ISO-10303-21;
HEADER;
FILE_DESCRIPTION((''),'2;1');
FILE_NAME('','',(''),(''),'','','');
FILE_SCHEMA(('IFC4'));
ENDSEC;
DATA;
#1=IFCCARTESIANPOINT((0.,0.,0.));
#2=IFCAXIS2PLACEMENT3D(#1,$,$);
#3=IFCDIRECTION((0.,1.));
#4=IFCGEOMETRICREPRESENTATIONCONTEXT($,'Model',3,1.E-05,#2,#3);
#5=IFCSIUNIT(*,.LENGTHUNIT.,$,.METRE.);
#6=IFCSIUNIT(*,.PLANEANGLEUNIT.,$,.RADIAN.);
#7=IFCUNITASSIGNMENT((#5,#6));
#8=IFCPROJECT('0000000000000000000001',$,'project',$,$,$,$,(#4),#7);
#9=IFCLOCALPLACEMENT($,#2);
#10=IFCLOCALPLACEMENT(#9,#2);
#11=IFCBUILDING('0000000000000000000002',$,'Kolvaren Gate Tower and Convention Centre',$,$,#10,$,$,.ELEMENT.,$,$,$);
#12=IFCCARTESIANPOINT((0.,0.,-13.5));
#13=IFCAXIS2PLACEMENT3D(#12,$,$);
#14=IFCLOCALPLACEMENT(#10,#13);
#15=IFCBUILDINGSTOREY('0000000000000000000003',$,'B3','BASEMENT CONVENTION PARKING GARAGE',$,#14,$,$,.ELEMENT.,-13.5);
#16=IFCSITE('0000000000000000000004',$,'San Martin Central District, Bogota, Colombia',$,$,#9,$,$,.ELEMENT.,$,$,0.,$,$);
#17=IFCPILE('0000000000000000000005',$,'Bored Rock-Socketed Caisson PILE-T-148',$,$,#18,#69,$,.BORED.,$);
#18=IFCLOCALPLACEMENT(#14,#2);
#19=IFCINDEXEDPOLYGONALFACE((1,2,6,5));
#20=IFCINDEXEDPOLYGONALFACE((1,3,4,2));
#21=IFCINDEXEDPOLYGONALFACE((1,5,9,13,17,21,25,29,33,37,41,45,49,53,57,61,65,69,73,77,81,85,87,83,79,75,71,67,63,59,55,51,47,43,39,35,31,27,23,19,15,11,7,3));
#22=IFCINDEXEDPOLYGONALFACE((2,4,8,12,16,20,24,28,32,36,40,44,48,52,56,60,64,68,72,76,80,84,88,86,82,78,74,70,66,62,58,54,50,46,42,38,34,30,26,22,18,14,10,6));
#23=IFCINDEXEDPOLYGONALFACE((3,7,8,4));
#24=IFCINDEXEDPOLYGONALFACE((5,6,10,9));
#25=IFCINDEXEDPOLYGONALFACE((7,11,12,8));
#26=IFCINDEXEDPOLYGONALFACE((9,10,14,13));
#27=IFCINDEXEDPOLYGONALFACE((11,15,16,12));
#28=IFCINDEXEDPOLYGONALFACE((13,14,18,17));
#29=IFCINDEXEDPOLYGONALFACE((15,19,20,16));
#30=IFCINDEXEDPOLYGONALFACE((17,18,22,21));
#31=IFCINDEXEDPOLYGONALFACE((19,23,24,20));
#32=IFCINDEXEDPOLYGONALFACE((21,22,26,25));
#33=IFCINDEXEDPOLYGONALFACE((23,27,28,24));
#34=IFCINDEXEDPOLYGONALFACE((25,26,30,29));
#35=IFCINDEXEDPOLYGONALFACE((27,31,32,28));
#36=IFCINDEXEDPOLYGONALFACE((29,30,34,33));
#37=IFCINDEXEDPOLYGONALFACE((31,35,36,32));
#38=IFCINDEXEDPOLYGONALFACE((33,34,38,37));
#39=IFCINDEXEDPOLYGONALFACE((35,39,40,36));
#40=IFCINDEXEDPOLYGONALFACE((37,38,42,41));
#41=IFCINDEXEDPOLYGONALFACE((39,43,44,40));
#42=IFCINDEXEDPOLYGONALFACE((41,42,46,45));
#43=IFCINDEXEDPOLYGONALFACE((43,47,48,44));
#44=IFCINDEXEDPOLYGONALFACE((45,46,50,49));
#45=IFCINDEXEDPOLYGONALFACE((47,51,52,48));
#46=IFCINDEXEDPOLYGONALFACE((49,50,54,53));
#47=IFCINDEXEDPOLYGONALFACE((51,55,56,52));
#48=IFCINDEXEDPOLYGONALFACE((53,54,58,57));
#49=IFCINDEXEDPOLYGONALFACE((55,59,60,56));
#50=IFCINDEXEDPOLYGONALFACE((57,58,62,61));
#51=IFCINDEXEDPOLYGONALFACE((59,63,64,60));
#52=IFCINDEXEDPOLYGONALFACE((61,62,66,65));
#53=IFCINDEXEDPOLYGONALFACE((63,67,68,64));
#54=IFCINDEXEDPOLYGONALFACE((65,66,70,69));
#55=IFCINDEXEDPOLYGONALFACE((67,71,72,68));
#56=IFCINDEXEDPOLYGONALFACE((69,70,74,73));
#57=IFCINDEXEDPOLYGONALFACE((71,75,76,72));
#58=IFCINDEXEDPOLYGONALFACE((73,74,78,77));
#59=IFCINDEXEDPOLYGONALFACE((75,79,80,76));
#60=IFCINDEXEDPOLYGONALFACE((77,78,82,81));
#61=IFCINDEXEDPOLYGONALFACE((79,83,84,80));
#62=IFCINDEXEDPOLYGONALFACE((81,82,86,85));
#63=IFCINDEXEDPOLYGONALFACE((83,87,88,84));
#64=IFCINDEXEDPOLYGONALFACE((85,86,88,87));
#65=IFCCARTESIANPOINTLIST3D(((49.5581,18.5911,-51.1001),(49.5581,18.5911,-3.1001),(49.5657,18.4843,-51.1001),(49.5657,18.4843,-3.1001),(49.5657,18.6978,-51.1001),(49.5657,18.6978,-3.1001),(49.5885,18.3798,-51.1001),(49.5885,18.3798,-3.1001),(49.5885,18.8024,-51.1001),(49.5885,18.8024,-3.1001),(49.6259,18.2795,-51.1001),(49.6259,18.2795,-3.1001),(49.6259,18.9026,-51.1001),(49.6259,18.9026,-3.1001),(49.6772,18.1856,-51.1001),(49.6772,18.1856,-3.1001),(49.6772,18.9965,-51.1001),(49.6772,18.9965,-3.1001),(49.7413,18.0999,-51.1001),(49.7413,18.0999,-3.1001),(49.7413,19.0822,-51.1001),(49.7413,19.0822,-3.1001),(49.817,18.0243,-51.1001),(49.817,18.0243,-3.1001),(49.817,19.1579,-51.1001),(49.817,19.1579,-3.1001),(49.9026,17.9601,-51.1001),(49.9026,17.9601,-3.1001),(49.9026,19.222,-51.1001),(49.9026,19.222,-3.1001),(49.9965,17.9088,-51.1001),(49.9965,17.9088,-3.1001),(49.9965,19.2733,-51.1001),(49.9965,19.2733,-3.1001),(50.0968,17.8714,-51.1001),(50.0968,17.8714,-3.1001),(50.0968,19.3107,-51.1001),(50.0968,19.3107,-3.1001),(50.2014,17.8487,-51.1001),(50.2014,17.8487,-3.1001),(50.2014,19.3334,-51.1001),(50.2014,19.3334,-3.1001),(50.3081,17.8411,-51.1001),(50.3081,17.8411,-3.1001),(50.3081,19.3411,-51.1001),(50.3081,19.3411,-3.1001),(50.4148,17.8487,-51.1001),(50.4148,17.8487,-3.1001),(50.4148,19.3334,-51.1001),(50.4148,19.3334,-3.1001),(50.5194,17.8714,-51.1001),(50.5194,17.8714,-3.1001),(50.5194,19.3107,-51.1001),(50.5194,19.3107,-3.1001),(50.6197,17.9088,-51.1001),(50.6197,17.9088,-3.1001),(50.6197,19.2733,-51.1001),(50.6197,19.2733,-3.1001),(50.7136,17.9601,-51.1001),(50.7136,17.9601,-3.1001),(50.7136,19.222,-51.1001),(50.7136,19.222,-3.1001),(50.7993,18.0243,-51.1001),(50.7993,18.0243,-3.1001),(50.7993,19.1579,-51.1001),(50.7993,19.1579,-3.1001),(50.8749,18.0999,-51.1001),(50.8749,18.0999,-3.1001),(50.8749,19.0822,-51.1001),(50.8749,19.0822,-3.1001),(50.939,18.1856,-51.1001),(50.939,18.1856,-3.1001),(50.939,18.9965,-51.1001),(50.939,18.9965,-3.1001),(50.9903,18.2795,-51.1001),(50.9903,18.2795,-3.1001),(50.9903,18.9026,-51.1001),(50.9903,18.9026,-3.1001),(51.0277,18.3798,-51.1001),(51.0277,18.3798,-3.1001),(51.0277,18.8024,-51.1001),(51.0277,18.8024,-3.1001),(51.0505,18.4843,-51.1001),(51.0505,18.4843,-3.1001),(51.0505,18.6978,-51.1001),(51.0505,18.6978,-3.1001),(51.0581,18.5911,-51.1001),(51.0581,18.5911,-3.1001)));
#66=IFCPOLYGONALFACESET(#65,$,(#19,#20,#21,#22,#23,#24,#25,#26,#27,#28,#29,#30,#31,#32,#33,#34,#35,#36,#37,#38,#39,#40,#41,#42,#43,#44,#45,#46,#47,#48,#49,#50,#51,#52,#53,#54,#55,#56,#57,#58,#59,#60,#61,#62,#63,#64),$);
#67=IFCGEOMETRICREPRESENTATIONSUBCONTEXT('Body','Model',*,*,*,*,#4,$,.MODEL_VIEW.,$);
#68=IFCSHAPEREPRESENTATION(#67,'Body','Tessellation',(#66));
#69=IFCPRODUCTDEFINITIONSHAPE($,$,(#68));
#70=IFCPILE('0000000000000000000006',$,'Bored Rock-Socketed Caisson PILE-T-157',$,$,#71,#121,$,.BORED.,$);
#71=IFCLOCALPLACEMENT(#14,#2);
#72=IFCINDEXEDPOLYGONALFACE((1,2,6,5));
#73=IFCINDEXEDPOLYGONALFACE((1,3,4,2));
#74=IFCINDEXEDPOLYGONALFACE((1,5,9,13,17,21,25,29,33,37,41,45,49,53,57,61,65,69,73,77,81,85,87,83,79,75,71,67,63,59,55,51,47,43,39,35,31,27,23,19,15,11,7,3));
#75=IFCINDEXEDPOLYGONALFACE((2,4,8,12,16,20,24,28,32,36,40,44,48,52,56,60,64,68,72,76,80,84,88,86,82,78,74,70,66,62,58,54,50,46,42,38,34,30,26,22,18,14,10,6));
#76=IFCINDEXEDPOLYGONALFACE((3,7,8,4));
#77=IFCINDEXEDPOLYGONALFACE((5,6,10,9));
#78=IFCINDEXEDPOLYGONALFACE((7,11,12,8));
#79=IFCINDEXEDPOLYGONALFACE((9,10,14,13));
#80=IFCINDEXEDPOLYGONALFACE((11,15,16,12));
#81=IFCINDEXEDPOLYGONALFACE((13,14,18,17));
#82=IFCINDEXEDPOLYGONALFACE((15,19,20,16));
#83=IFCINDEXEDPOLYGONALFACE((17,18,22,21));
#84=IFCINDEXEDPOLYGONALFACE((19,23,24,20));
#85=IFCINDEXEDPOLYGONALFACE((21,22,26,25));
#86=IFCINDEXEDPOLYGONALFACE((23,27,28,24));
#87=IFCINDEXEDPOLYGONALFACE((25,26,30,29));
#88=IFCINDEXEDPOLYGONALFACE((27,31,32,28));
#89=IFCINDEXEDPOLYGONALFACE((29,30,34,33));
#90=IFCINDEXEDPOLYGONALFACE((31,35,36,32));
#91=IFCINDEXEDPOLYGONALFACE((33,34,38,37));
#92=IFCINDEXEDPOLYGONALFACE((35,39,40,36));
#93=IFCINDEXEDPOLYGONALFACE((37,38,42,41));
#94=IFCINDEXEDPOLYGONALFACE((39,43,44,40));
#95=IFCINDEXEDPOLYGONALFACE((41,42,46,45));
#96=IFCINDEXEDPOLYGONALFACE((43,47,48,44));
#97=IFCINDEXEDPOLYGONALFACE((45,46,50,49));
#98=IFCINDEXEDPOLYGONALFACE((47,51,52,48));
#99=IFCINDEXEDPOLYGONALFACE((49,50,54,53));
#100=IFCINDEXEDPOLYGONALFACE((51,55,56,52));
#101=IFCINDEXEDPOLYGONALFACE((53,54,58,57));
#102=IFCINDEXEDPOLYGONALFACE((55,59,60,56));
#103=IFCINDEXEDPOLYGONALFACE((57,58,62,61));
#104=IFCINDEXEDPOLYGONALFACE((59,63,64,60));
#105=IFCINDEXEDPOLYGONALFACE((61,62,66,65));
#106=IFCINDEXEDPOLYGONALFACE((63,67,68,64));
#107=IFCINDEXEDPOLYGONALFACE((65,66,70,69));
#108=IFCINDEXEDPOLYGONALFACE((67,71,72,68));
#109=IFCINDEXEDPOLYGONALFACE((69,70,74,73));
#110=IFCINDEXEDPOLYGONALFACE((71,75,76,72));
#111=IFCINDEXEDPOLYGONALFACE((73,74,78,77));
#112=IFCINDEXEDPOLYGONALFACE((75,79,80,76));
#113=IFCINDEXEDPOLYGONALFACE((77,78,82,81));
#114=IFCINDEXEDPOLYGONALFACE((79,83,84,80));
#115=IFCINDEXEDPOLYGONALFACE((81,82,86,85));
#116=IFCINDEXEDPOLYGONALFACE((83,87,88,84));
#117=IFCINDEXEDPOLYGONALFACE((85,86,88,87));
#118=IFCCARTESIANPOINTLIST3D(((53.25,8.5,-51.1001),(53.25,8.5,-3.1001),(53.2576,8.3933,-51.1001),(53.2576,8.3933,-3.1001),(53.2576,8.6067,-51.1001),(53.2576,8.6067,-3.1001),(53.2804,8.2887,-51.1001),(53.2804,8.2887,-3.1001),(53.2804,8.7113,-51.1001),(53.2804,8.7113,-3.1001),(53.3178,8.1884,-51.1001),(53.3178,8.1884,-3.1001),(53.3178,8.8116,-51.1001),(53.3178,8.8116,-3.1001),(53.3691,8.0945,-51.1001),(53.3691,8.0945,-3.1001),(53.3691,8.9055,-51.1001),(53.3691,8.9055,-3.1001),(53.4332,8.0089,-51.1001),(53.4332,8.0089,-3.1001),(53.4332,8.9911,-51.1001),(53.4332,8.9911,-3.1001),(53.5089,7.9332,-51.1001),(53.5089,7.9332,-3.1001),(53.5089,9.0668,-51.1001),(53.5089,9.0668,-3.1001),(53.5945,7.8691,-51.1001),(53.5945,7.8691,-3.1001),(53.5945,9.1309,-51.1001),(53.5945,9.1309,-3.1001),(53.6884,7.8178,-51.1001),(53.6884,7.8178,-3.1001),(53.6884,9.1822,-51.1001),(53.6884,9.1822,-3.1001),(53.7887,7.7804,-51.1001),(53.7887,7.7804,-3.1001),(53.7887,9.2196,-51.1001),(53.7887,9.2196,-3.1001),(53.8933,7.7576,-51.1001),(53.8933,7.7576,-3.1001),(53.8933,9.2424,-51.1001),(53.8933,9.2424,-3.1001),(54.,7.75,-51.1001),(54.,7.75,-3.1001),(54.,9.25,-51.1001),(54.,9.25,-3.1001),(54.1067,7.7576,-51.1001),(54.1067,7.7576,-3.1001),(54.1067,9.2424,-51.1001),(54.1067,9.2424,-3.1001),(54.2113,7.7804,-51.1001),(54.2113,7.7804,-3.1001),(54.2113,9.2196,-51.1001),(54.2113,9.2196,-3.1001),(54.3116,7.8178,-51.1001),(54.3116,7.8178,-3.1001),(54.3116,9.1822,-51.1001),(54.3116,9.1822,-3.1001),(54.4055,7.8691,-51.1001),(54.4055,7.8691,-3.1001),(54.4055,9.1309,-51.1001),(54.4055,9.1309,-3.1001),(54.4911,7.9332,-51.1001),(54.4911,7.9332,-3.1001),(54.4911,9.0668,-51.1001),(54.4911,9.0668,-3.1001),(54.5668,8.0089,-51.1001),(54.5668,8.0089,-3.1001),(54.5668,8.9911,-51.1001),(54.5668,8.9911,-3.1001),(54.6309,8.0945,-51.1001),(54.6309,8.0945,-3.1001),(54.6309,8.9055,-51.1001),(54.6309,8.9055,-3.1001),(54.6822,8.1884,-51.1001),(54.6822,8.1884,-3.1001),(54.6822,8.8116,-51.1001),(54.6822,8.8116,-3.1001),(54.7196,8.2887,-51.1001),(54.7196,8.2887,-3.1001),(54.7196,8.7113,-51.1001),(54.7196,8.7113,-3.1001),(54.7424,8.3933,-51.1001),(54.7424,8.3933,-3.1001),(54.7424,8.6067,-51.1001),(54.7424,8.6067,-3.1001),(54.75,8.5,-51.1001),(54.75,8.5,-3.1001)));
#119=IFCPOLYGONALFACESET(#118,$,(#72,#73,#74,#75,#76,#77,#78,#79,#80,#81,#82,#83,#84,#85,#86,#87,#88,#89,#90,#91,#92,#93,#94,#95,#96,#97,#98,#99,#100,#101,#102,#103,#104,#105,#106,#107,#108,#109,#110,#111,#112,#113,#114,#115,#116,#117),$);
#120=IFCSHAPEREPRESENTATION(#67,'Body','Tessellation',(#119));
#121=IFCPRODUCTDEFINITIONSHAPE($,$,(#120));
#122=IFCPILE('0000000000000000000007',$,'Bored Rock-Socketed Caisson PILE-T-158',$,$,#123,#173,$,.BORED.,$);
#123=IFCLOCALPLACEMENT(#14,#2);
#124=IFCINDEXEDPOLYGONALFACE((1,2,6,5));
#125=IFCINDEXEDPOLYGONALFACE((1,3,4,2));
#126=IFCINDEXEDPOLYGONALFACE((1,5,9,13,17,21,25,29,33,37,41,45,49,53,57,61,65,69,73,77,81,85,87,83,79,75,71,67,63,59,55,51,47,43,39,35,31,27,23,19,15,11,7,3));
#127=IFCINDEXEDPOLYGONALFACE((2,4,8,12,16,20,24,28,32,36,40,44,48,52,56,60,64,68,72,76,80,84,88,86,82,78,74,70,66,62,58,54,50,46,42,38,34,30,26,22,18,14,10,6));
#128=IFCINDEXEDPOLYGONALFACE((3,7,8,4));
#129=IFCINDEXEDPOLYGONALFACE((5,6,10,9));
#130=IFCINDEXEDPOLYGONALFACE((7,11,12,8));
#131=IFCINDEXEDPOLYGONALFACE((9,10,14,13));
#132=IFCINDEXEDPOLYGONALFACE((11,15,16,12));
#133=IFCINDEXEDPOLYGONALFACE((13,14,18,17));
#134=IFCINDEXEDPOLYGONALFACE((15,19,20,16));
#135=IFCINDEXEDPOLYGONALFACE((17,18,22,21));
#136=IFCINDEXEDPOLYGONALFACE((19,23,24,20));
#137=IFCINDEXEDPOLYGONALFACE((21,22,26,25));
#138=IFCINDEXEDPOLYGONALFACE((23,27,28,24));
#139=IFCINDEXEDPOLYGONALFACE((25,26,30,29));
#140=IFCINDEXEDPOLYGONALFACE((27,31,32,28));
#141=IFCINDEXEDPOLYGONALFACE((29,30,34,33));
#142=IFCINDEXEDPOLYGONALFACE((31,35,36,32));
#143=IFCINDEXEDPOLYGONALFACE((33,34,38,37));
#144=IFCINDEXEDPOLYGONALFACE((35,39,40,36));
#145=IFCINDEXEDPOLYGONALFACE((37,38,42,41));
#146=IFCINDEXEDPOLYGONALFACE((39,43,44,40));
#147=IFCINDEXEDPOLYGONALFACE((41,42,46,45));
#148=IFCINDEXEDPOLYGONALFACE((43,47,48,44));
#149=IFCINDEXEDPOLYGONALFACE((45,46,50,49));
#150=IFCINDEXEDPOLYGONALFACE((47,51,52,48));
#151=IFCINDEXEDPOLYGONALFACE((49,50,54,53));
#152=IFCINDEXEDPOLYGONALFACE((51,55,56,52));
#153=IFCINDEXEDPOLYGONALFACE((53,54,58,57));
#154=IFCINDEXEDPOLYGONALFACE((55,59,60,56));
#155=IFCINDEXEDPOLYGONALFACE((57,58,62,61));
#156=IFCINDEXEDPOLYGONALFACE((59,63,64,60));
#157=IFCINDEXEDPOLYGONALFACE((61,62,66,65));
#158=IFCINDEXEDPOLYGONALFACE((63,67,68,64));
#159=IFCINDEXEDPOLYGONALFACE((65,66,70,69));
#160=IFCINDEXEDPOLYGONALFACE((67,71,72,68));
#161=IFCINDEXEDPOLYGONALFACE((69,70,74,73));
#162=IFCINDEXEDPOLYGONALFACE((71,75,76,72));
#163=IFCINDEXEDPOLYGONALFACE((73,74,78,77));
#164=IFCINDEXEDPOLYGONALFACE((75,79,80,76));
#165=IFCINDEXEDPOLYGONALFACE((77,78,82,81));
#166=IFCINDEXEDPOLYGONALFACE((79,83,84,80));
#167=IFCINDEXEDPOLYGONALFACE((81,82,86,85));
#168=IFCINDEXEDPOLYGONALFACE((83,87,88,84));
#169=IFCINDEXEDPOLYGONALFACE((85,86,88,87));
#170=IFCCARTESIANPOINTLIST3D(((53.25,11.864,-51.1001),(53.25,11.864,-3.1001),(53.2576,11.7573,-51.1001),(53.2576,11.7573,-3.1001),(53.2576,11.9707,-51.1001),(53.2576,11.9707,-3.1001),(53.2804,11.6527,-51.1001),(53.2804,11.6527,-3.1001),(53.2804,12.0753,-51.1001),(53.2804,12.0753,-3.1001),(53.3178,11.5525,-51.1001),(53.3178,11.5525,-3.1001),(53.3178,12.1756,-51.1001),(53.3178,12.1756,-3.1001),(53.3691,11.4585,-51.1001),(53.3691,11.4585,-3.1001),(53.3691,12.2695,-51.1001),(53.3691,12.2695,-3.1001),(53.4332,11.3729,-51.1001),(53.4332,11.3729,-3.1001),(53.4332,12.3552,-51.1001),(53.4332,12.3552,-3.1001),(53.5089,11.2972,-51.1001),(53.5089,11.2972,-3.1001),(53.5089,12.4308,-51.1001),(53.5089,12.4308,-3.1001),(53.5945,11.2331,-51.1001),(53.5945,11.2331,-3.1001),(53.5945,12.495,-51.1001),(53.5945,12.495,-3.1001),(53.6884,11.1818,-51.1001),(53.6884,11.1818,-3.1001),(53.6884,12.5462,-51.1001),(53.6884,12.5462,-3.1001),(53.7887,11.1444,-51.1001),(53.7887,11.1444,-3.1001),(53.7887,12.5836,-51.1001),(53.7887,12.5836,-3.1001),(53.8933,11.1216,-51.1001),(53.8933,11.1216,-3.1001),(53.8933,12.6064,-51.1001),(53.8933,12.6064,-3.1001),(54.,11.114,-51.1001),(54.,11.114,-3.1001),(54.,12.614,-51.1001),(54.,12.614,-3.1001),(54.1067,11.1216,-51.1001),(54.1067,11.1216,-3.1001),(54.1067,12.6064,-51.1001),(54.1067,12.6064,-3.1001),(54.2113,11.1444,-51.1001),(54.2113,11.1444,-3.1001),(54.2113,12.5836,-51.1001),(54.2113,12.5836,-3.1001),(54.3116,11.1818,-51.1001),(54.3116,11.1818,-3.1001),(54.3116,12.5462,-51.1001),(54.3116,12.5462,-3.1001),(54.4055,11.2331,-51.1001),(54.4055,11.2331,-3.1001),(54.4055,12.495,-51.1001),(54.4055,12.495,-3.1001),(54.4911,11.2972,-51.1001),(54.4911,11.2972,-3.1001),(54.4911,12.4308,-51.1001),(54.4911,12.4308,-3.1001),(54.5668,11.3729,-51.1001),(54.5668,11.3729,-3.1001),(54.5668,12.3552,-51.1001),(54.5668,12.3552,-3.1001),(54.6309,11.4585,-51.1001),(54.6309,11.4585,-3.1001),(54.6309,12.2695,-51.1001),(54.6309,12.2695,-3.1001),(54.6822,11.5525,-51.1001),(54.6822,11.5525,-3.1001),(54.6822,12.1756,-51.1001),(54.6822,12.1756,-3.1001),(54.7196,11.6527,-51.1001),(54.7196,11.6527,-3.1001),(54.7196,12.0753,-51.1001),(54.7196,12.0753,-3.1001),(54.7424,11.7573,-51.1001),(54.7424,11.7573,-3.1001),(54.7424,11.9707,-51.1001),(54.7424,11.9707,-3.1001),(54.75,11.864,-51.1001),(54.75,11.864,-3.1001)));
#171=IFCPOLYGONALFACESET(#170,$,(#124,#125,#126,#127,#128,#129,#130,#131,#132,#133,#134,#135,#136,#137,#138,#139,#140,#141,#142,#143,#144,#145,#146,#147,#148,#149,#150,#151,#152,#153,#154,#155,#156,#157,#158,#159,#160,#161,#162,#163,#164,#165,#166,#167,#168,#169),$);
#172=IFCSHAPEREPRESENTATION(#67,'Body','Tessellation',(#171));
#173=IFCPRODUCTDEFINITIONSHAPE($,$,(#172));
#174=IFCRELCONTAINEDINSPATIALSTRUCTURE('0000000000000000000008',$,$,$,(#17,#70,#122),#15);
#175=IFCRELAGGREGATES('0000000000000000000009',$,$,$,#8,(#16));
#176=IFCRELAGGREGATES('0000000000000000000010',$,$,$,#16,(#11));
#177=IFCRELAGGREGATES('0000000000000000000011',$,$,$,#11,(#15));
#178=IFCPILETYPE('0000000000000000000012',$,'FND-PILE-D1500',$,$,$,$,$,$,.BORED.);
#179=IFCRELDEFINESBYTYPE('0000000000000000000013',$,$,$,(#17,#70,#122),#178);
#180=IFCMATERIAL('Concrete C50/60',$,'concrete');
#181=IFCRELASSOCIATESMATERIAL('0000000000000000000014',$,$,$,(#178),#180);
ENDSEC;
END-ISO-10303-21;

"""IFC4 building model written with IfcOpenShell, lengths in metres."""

from ifc_helpers import new_model, si_unit, direction, frame, origin, origin_2d, place, context, subcontext, project, spatial, circle, extrude, material, material_profile, profile_set, type_object, element, save


model = new_model("IFC4")

# Units and contexts
model_context = context("Model", 3, precision=1e-05, world=origin(), true_north=direction((0.0, 1.0)))
body_context = subcontext(model_context, "Body", "Model", "MODEL_VIEW")
ifc_project = project(units=[si_unit("LENGTHUNIT", "METRE"), si_unit("PLANEANGLEUNIT", "RADIAN")], contexts=[model_context])

# Site, building, storey
site_placement = place(None, origin())
site = spatial("IfcSite", under=ifc_project, at=site_placement, Name="San Martin Central District, Bogota, Colombia", CompositionType="ELEMENT", RefElevation=0.0)
building_placement = place(site_placement, origin())
building = spatial("IfcBuilding", under=site, at=building_placement, Name="Kolvaren Gate Tower and Convention Centre", CompositionType="ELEMENT")
storey_placement = place(building_placement, frame((0.0, 0.0, -13.5)))
storey = spatial("IfcBuildingStorey", under=building, at=storey_placement, Name="B3", Description="BASEMENT CONVENTION PARKING GARAGE", CompositionType="ELEMENT", Elevation=-13.5)

# Shared definitions
ifc_material_1 = material(Name="Concrete C50/60", Category="concrete")

# Piles
ifc_material_profile_1 = material_profile(ifc_material_1, circle(Radius=0.75, at=origin_2d()), Name="CAISSON-D1500")
ifc_profile_set_1 = profile_set([ifc_material_profile_1], Name="Concrete C50/60")
pile_type = type_object("IfcPileType", Name="FND-PILE-D1500", PredefinedType="BORED", material=ifc_profile_set_1)
for number, where, z_axis, x_axis, name in (
    (1, (50.3081, 18.5911, -3.1001), (0.0, 0.0, -1.0), (1.0, 0.0, 0.0), "Bored Rock-Socketed Caisson PILE-T-148"),
    (2, (54.0, 8.5, -3.1001), (0.0, 0.0, -1.0), (1.0, 0.0, 0.0), "Bored Rock-Socketed Caisson PILE-T-157"),
    (3, (54.0, 11.864, -3.1001), (0.0, 0.0, -1.0), (1.0, 0.0, 0.0), "Bored Rock-Socketed Caisson PILE-T-158"),
):
    element("IfcPile", number, at=place(storey_placement, frame(where, z_axis=z_axis, x_axis=x_axis)), inside=storey, type_object=pile_type, Name=name, PredefinedType="BORED", context=body_context, shape_type="SweptSolid", body=[
        extrude(circle(Radius=0.75, at=origin_2d()), origin(), (0.0, 0.0, 1.0), 48.0),
    ])

save(model, "model.ifc")
